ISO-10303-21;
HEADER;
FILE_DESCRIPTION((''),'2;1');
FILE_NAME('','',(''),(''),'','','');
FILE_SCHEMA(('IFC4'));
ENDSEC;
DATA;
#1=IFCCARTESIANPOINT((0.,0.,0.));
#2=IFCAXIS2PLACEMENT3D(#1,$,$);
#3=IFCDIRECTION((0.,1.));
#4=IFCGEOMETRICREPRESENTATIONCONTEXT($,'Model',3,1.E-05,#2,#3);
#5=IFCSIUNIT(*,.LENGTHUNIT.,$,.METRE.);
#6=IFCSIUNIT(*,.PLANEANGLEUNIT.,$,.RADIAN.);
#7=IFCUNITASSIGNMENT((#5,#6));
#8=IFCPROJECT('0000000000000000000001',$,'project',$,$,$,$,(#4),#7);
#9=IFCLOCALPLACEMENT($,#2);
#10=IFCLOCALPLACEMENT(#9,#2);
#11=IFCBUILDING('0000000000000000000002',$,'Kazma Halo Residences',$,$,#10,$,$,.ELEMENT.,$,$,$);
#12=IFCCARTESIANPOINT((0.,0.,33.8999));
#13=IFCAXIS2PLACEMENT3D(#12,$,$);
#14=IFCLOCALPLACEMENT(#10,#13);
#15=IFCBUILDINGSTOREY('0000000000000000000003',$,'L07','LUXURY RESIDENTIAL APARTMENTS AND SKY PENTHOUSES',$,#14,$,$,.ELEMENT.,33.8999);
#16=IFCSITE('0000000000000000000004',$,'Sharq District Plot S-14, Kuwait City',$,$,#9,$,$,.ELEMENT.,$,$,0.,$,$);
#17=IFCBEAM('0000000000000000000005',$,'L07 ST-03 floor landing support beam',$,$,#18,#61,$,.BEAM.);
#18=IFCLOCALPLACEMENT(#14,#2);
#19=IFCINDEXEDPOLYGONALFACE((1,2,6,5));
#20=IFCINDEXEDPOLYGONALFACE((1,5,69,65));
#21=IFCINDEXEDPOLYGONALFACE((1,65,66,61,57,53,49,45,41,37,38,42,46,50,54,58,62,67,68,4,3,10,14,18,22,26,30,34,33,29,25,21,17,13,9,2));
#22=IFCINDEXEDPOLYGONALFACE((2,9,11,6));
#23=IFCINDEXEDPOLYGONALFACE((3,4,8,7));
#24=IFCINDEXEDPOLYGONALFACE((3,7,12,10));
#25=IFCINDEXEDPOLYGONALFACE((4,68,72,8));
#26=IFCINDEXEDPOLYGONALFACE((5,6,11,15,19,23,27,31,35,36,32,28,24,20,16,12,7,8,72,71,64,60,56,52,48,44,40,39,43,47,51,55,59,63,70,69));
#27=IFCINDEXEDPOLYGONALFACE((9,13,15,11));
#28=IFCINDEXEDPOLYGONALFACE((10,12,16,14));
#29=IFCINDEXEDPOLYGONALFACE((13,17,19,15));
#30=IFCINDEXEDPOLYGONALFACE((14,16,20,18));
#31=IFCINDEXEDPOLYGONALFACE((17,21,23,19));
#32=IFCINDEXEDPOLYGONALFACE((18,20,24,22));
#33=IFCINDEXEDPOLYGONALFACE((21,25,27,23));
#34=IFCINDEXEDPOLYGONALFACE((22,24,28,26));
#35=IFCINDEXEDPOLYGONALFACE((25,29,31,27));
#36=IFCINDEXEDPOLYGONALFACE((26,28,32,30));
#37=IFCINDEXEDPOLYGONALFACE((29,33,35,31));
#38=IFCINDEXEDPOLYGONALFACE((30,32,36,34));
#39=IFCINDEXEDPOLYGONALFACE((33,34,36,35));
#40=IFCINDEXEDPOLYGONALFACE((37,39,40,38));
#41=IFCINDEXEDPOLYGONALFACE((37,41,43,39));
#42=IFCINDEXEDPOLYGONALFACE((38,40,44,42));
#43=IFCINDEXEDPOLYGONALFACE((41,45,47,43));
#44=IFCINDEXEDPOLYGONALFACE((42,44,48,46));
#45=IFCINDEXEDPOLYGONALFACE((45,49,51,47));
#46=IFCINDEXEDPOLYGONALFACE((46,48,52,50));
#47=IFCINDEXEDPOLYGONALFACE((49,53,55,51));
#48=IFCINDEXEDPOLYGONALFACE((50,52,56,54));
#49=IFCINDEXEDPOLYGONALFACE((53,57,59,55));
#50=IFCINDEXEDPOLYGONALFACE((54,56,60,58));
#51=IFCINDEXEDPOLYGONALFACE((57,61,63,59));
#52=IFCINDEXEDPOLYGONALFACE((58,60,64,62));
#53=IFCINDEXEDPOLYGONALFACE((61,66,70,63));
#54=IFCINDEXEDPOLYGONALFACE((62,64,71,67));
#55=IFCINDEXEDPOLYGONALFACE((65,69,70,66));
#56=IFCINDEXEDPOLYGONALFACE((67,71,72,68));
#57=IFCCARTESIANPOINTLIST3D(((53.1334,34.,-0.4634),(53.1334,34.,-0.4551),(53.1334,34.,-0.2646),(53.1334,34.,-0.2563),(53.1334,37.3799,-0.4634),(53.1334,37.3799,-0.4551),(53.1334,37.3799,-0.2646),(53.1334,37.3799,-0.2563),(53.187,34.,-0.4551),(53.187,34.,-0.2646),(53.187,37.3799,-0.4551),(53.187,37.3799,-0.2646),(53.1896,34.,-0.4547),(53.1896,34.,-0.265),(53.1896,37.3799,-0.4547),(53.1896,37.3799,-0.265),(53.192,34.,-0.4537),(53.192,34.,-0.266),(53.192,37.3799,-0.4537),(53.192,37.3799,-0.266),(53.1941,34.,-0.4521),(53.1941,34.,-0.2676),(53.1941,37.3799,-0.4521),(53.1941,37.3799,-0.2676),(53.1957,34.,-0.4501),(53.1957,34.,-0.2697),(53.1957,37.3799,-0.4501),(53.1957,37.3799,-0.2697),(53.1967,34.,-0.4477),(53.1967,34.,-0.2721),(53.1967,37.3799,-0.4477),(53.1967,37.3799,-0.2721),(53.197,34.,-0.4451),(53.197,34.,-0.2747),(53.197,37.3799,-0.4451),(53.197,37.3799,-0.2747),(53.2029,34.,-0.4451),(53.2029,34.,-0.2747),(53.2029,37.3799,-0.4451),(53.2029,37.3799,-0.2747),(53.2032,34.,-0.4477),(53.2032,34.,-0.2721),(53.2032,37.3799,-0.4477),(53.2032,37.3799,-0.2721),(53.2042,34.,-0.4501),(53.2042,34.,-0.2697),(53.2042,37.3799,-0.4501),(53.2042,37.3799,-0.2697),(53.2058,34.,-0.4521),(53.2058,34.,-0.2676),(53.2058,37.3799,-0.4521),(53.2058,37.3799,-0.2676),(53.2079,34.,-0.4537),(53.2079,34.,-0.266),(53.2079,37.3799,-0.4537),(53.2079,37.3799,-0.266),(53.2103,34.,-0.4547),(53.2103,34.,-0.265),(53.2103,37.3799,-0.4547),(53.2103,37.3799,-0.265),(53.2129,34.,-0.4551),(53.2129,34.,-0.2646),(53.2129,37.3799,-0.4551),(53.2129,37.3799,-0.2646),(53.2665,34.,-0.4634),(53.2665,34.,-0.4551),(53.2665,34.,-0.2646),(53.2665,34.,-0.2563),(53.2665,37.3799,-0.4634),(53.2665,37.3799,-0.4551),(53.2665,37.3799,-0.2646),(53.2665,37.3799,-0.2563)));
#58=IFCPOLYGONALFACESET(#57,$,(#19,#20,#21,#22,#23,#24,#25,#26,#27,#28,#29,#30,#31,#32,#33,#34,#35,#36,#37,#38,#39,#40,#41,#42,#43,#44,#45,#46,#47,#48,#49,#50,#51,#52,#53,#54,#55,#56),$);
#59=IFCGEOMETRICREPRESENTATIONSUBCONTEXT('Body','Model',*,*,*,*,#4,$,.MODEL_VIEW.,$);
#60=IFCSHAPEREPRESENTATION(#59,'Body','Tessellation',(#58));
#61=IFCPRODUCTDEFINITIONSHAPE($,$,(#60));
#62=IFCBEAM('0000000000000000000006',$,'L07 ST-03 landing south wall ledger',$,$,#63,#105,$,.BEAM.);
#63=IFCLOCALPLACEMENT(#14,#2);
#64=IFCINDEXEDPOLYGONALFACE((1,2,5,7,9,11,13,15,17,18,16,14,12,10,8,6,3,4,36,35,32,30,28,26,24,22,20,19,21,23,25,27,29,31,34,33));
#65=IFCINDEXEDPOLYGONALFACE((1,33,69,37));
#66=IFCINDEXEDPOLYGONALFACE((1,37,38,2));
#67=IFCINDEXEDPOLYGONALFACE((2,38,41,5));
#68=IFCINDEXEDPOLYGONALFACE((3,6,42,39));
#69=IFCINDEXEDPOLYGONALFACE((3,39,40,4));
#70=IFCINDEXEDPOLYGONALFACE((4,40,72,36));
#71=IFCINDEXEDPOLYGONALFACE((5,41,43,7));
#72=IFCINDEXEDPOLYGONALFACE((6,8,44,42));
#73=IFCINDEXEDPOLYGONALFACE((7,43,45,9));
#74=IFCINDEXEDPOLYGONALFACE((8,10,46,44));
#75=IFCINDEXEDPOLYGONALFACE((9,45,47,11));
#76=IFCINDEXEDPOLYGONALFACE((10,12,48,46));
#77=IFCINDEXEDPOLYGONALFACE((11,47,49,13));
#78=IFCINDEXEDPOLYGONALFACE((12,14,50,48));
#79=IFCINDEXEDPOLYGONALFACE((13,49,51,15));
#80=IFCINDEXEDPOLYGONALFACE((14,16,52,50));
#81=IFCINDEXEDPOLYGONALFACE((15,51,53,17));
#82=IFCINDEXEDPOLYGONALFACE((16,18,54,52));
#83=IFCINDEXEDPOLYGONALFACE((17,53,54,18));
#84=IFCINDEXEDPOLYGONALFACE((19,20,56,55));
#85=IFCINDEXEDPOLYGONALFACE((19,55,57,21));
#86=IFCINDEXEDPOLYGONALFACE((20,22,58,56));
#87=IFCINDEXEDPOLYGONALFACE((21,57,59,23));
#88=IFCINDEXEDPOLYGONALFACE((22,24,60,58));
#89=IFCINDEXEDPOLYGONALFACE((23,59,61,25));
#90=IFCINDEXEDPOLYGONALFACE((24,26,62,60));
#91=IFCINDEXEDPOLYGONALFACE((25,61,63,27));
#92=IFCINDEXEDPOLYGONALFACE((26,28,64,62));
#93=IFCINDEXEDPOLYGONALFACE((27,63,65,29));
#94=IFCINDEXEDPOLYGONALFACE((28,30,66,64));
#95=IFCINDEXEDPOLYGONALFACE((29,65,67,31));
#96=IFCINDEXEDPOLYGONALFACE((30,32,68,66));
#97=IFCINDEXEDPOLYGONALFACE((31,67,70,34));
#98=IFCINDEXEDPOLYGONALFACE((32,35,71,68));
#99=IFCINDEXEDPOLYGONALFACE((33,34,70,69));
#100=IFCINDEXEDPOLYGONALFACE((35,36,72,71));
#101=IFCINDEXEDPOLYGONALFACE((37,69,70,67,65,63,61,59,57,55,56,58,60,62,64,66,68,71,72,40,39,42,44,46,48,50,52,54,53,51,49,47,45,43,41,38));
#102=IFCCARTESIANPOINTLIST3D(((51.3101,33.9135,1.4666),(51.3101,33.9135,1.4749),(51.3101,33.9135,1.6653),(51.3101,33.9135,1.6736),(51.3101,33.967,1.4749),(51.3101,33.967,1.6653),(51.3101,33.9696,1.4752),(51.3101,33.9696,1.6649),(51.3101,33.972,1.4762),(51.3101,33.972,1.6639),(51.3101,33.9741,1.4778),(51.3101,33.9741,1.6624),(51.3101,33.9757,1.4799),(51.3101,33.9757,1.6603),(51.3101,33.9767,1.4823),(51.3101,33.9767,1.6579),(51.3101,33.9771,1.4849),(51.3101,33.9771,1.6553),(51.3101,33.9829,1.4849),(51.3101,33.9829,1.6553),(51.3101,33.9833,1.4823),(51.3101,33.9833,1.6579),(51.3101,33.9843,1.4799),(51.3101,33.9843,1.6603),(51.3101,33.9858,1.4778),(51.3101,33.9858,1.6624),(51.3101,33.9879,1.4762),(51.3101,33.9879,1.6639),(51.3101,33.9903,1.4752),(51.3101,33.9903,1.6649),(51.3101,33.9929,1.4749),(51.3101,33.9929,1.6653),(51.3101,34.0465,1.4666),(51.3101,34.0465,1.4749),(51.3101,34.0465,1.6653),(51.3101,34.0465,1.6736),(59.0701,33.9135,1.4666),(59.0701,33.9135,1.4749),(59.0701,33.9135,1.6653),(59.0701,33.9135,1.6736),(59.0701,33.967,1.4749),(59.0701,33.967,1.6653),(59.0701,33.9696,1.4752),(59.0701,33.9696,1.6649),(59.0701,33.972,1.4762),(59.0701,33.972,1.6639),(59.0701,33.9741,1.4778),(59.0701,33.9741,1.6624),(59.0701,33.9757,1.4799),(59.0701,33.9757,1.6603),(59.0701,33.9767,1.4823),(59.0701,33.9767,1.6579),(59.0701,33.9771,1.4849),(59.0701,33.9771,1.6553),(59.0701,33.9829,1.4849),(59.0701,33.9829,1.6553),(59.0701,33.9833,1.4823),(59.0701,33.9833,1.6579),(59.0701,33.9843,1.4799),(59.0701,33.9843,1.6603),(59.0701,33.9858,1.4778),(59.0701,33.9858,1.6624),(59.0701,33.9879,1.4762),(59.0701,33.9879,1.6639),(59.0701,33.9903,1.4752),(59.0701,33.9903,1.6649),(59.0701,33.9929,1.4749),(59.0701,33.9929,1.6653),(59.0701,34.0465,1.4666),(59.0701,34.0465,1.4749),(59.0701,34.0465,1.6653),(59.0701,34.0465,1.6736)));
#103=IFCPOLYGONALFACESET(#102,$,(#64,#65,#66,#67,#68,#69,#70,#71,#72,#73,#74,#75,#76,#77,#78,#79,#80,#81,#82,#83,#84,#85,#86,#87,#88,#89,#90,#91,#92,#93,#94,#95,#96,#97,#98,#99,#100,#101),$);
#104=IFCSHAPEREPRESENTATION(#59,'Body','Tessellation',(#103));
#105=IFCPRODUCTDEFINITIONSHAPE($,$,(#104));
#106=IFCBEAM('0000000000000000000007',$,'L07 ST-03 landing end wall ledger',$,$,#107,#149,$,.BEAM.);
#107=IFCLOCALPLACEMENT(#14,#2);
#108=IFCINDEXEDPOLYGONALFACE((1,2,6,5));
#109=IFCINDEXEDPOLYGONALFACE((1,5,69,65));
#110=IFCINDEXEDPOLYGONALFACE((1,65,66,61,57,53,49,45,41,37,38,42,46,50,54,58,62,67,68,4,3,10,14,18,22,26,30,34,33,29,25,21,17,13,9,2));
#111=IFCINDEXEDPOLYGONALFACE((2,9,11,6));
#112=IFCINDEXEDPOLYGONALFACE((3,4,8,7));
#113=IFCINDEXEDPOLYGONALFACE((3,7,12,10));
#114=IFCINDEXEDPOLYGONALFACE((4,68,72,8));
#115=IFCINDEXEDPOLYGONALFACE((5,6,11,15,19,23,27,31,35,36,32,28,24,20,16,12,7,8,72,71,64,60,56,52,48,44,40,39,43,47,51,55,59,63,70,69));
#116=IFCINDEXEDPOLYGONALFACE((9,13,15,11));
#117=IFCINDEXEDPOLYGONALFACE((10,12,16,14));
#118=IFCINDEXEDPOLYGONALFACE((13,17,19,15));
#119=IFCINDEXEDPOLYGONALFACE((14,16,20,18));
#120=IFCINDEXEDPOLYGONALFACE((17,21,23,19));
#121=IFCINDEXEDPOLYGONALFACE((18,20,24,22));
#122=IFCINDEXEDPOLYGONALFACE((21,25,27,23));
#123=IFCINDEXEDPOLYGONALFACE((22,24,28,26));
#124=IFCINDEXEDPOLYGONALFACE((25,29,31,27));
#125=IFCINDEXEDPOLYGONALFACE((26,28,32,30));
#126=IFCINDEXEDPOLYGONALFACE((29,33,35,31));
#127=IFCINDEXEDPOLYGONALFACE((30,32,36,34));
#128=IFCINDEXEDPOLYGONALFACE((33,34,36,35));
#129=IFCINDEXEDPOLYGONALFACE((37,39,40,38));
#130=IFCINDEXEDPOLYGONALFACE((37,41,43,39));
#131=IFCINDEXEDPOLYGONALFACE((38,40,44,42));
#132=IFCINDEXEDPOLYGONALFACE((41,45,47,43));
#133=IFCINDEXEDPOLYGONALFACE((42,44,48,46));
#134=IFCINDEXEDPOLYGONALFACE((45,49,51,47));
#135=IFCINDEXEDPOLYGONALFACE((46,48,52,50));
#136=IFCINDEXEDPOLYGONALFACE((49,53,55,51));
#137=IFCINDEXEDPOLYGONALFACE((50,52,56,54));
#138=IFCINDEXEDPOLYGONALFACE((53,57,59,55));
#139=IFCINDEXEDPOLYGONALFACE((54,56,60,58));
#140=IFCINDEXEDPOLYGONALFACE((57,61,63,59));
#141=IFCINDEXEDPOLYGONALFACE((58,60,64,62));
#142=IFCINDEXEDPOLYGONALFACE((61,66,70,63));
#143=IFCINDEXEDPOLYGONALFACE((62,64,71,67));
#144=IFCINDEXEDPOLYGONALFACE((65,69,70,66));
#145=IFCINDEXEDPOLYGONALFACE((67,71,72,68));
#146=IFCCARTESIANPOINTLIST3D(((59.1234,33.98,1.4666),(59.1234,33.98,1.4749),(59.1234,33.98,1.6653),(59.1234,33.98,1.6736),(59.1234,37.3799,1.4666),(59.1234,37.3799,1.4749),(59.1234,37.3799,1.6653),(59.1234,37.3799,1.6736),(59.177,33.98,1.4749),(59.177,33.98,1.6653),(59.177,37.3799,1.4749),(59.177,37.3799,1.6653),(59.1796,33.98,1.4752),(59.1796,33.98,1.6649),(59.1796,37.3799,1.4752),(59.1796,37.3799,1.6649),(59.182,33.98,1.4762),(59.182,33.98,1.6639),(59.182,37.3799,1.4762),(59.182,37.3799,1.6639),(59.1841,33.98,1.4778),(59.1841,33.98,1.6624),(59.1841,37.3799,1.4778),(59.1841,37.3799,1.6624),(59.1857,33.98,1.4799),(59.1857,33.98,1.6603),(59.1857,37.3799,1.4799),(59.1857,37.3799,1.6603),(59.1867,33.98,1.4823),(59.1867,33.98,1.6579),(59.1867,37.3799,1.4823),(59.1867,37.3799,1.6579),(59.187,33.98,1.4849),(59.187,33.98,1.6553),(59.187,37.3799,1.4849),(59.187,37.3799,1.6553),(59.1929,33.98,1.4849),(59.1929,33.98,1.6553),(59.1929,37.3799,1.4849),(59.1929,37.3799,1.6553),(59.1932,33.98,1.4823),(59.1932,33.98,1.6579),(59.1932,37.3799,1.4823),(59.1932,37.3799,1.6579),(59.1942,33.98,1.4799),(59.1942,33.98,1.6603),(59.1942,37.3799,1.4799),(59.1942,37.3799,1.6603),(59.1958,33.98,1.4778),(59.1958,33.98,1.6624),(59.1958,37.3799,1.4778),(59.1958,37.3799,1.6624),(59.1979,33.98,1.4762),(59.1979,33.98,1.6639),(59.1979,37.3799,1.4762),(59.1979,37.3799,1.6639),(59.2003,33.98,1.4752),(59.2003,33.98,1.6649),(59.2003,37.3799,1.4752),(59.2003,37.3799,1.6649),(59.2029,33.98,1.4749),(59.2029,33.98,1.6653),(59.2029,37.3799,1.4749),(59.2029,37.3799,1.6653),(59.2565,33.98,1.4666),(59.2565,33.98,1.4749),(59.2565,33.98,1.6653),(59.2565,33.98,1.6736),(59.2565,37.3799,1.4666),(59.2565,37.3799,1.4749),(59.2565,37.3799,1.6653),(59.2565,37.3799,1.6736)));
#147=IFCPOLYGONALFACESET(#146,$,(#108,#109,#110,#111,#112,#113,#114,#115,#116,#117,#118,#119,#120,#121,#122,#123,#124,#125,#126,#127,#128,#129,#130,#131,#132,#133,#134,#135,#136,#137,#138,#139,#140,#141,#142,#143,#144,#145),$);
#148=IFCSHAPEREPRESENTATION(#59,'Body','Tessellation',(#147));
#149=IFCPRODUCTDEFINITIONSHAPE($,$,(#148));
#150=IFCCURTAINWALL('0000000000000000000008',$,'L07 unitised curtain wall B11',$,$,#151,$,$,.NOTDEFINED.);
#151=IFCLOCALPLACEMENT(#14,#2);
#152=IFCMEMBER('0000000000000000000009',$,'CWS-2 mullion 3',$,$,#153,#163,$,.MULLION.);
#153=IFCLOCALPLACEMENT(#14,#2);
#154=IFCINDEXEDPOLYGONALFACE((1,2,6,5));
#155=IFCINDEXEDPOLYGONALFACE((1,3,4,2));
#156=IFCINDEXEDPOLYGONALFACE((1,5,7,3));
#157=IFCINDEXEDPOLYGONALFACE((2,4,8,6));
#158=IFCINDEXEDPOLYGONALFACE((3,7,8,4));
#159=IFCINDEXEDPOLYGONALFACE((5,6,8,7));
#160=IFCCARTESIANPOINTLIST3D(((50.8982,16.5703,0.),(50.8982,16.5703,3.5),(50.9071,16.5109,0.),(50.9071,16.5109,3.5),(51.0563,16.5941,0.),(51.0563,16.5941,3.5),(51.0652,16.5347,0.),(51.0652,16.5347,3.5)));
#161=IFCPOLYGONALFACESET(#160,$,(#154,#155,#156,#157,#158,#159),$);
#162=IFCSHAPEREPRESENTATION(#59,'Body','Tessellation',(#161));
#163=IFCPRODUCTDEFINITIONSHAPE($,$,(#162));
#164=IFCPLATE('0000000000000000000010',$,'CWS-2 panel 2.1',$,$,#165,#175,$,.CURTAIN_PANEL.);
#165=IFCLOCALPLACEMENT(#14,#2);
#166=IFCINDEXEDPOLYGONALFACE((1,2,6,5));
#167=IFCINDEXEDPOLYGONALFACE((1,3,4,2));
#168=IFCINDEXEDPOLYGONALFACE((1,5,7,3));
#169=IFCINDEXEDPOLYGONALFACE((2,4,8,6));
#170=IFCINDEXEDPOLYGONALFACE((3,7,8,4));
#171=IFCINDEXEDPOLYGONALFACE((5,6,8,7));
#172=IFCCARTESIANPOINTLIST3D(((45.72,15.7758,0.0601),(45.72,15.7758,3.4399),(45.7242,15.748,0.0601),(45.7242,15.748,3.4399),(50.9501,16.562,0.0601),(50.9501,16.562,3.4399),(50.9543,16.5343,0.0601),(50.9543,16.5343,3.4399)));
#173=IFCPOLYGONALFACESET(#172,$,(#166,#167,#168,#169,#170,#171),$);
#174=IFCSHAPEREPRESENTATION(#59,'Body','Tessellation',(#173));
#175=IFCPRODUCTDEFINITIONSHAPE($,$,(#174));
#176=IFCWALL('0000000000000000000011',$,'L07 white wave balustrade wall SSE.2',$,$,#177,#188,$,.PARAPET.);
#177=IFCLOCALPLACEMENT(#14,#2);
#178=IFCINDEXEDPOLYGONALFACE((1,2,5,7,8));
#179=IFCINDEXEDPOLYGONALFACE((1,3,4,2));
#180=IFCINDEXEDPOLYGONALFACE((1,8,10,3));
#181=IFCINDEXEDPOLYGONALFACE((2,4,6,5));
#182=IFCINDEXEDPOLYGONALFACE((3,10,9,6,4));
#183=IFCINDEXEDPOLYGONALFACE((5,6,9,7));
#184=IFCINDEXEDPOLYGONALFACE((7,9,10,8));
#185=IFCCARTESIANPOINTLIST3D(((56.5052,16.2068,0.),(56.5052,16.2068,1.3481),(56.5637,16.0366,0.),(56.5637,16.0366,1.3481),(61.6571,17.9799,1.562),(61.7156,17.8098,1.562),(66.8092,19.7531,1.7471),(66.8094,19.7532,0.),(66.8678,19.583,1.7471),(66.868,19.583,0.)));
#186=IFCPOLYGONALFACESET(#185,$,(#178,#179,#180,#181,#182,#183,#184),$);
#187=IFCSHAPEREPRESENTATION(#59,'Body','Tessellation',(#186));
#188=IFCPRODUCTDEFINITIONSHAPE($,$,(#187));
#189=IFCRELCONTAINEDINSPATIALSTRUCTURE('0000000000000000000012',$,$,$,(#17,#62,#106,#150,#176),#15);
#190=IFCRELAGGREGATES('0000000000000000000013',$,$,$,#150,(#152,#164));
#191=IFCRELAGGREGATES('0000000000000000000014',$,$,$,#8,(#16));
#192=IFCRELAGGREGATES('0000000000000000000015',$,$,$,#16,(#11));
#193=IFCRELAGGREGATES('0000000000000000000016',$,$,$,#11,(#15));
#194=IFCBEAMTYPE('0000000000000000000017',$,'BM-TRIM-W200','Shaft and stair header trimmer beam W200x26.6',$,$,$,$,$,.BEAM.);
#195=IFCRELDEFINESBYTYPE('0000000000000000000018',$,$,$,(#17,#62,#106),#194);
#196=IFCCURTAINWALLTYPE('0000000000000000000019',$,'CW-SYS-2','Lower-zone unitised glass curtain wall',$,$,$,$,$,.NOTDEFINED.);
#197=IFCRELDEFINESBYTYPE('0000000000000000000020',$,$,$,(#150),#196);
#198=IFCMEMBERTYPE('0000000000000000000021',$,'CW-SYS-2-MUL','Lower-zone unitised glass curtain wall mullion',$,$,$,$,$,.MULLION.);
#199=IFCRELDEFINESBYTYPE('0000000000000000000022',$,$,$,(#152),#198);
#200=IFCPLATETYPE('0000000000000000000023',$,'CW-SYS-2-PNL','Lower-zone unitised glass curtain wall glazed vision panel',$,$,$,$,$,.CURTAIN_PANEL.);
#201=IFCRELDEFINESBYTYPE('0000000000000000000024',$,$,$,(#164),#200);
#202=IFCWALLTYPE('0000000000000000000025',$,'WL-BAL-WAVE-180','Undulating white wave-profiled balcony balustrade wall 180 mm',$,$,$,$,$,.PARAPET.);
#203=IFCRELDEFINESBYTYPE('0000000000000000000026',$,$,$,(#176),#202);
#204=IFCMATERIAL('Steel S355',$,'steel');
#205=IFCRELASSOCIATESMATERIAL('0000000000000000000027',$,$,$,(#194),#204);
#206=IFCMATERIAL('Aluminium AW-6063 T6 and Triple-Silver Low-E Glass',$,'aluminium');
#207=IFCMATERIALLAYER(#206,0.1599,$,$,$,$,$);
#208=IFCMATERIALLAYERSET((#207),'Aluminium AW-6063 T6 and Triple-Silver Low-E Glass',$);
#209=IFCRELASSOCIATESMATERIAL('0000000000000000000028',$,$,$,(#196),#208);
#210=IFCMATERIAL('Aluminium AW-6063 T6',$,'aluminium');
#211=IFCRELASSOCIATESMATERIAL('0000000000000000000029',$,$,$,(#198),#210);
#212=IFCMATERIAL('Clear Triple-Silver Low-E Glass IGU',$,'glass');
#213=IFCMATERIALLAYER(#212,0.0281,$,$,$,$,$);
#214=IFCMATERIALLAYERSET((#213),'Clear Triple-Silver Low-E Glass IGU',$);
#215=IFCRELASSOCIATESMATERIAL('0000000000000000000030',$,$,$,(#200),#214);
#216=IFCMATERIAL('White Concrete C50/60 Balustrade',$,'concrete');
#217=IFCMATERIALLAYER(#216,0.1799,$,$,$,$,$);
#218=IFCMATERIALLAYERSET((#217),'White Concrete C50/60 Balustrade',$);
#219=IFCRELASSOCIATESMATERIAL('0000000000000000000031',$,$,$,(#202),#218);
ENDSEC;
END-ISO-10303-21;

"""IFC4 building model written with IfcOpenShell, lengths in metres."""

from ifc_helpers import new_model, si_unit, direction, frame, origin, origin_2d, place, context, subcontext, project, spatial, polyline, rectangle, i_section, outline, extrude, material, layer, layer_set, material_profile, profile_set, type_object, element, aggregate, save


model = new_model("IFC4")

# Units and contexts
model_context = context("Model", 3, precision=1e-05, world=origin(), true_north=direction((0.0, 1.0)))
body_context = subcontext(model_context, "Body", "Model", "MODEL_VIEW")
ifc_project = project(units=[si_unit("LENGTHUNIT", "METRE"), si_unit("PLANEANGLEUNIT", "RADIAN")], contexts=[model_context])

# Site, building, storey
site_placement = place(None, origin())
site = spatial("IfcSite", under=ifc_project, at=site_placement, Name="Sharq District Plot S-14, Kuwait City", CompositionType="ELEMENT", RefElevation=0.0)
building_placement = place(site_placement, origin())
building = spatial("IfcBuilding", under=site, at=building_placement, Name="Kazma Halo Residences", CompositionType="ELEMENT")
storey_placement = place(building_placement, frame((0.0, 0.0, 33.8999)))
storey = spatial("IfcBuildingStorey", under=building, at=storey_placement, Name="L07", Description="LUXURY RESIDENTIAL APARTMENTS AND SKY PENTHOUSES", CompositionType="ELEMENT", Elevation=33.8999)

# Beams
ifc_material_1 = material(Name="Steel S355", Category="steel")
ifc_material_profile_1 = material_profile(ifc_material_1, i_section(OverallWidth=0.1331, OverallDepth=0.207, WebThickness=0.0059, FlangeThickness=0.0083, FilletRadius=0.01, at=origin_2d()), Name="W200x26.6")
ifc_profile_set_1 = profile_set([ifc_material_profile_1], Name="Steel S355")
beam_type_1 = type_object("IfcBeamType", Name="BM-TRIM-W200", Description="Shaft and stair header trimmer beam W200x26.6", PredefinedType="BEAM", material=ifc_profile_set_1)
beam_1_placement = place(storey_placement, frame((53.2, 34.0, -0.3599), z_axis=(0.0, 1.0, 0.0), x_axis=(-1.0, 0.0, 0.0)))
element("IfcBeam", 1, at=beam_1_placement, inside=storey, type_object=beam_type_1, Name="L07 ST-03 floor landing support beam", PredefinedType="BEAM", context=body_context, shape_type="SweptSolid", body=[
    extrude(i_section(OverallWidth=0.1331, OverallDepth=0.207, WebThickness=0.0059, FlangeThickness=0.0083, FilletRadius=0.01, at=origin_2d()), origin(), (0.0, 0.0, 1.0), 3.3799),
])
beam_2_placement = place(storey_placement, frame((51.3101, 33.98, 1.5701), z_axis=(1.0, 0.0, 0.0), x_axis=(0.0, 1.0, 0.0)))
element("IfcBeam", 2, at=beam_2_placement, inside=storey, type_object=beam_type_1, Name="L07 ST-03 landing south wall ledger", PredefinedType="BEAM", context=body_context, shape_type="SweptSolid", body=[
    extrude(i_section(OverallWidth=0.1331, OverallDepth=0.207, WebThickness=0.0059, FlangeThickness=0.0083, FilletRadius=0.01, at=origin_2d()), origin(), (0.0, 0.0, 1.0), 7.76),
])
beam_3_placement = place(storey_placement, frame((59.1899, 33.98, 1.5701), z_axis=(0.0, 1.0, 0.0), x_axis=(-1.0, 0.0, 0.0)))
element("IfcBeam", 3, at=beam_3_placement, inside=storey, type_object=beam_type_1, Name="L07 ST-03 landing end wall ledger", PredefinedType="BEAM", context=body_context, shape_type="SweptSolid", body=[
    extrude(i_section(OverallWidth=0.1331, OverallDepth=0.207, WebThickness=0.0059, FlangeThickness=0.0083, FilletRadius=0.01, at=origin_2d()), origin(), (0.0, 0.0, 1.0), 3.3999),
])

# Curtain wall, member, plate
ifc_material_2 = material(Name="Aluminium AW-6063 T6 and Triple-Silver Low-E Glass", Category="aluminium")
ifc_layer_1 = layer(ifc_material_2, 0.1599)
ifc_layer_set_1 = layer_set([ifc_layer_1], Name="Aluminium AW-6063 T6 and Triple-Silver Low-E Glass")
curtain_wall_type = type_object("IfcCurtainWallType", Name="CW-SYS-2", Description="Lower-zone unitised glass curtain wall", PredefinedType="NOTDEFINED", material=ifc_layer_set_1)
curtain_wall_placement = place(storey_placement, origin())
curtain_wall = element("IfcCurtainWall", 4, at=curtain_wall_placement, inside=storey, type_object=curtain_wall_type, Name="L07 unitised curtain wall B11", PredefinedType="NOTDEFINED")
ifc_material_3 = material(Name="Aluminium AW-6063 T6", Category="aluminium")
ifc_material_profile_2 = material_profile(ifc_material_3, rectangle(XDim=0.0601, YDim=0.1599, at=origin_2d()), Name="CWM-60x160")
ifc_profile_set_2 = profile_set([ifc_material_profile_2], Name="Aluminium AW-6063 T6")
member_type = type_object("IfcMemberType", Name="CW-SYS-2-MUL", Description="Lower-zone unitised glass curtain wall mullion", PredefinedType="MULLION", material=ifc_profile_set_2)
member_placement = place(storey_placement, frame((50.9817, 16.5525, 0.0), z_axis=(0.0, 0.0, 1.0), x_axis=(-0.148657, 0.988889, 0.0)))
member = element("IfcMember", 5, at=member_placement, type_object=member_type, Name="CWS-2 mullion 3", PredefinedType="MULLION", context=body_context, shape_type="SweptSolid", body=[
    extrude(rectangle(XDim=0.0601, YDim=0.1599, at=origin_2d()), origin(), (0.0, 0.0, 1.0), 3.5),
])
ifc_material_4 = material(Name="Clear Triple-Silver Low-E Glass IGU", Category="glass")
ifc_layer_2 = layer(ifc_material_4, 0.0281)
ifc_layer_set_2 = layer_set([ifc_layer_2], Name="Clear Triple-Silver Low-E Glass IGU")
plate_type = type_object("IfcPlateType", Name="CW-SYS-2-PNL", Description="Lower-zone unitised glass curtain wall glazed vision panel", PredefinedType="CURTAIN_PANEL", material=ifc_layer_set_2)
plate_placement = place(storey_placement, frame((48.3372, 16.155, 0.0601), z_axis=(0.0, 0.0, 1.0), x_axis=(0.988889, 0.148657, 0.0)))
plate = element("IfcPlate", 6, at=plate_placement, type_object=plate_type, Name="CWS-2 panel 2.1", PredefinedType="CURTAIN_PANEL", context=body_context, shape_type="SweptSolid", body=[
    extrude(rectangle(XDim=5.2888, YDim=0.0281, at=origin_2d()), origin(), (0.0, 0.0, 1.0), 3.3799),
])
aggregate(curtain_wall, [member, plate])

# Wall
ifc_material_5 = material(Name="White Concrete C50/60 Balustrade", Category="concrete")
ifc_layer_3 = layer(ifc_material_5, 0.1799)
ifc_layer_set_3 = layer_set([ifc_layer_3], Name="White Concrete C50/60 Balustrade")
wall_type_1 = type_object("IfcWallType", Name="WL-BAL-WAVE-180", Description="Undulating white wave-profiled balcony balustrade wall 180 mm", PredefinedType="PARAPET", material=ifc_layer_set_3)
wall_1_placement = place(storey_placement, frame((56.5344, 16.1218, 0.0), z_axis=(0.0, 0.0, 1.0), x_axis=(0.945565, 0.325434, 0.0)))
element("IfcWall", 7, at=wall_1_placement, inside=storey, type_object=wall_type_1, Name="L07 white wave balustrade wall SSE.2", PredefinedType="PARAPET", context=body_context, shape_type="SweptSolid", body=[
    extrude(outline(polyline([(0.0, 0.0), (10.8975, 0.0), (10.8972, 1.7471), (5.4485, 1.562), (0.0, 1.3481), (0.0, 0.0)])), frame((0.0, 0.0898, 0.0), z_axis=(0.0, -1.0, 0.0), x_axis=(1.0, 0.0, 0.0)), (0.0, 0.0, 1.0), 0.1799),
])

save(model, "model.ifc")
